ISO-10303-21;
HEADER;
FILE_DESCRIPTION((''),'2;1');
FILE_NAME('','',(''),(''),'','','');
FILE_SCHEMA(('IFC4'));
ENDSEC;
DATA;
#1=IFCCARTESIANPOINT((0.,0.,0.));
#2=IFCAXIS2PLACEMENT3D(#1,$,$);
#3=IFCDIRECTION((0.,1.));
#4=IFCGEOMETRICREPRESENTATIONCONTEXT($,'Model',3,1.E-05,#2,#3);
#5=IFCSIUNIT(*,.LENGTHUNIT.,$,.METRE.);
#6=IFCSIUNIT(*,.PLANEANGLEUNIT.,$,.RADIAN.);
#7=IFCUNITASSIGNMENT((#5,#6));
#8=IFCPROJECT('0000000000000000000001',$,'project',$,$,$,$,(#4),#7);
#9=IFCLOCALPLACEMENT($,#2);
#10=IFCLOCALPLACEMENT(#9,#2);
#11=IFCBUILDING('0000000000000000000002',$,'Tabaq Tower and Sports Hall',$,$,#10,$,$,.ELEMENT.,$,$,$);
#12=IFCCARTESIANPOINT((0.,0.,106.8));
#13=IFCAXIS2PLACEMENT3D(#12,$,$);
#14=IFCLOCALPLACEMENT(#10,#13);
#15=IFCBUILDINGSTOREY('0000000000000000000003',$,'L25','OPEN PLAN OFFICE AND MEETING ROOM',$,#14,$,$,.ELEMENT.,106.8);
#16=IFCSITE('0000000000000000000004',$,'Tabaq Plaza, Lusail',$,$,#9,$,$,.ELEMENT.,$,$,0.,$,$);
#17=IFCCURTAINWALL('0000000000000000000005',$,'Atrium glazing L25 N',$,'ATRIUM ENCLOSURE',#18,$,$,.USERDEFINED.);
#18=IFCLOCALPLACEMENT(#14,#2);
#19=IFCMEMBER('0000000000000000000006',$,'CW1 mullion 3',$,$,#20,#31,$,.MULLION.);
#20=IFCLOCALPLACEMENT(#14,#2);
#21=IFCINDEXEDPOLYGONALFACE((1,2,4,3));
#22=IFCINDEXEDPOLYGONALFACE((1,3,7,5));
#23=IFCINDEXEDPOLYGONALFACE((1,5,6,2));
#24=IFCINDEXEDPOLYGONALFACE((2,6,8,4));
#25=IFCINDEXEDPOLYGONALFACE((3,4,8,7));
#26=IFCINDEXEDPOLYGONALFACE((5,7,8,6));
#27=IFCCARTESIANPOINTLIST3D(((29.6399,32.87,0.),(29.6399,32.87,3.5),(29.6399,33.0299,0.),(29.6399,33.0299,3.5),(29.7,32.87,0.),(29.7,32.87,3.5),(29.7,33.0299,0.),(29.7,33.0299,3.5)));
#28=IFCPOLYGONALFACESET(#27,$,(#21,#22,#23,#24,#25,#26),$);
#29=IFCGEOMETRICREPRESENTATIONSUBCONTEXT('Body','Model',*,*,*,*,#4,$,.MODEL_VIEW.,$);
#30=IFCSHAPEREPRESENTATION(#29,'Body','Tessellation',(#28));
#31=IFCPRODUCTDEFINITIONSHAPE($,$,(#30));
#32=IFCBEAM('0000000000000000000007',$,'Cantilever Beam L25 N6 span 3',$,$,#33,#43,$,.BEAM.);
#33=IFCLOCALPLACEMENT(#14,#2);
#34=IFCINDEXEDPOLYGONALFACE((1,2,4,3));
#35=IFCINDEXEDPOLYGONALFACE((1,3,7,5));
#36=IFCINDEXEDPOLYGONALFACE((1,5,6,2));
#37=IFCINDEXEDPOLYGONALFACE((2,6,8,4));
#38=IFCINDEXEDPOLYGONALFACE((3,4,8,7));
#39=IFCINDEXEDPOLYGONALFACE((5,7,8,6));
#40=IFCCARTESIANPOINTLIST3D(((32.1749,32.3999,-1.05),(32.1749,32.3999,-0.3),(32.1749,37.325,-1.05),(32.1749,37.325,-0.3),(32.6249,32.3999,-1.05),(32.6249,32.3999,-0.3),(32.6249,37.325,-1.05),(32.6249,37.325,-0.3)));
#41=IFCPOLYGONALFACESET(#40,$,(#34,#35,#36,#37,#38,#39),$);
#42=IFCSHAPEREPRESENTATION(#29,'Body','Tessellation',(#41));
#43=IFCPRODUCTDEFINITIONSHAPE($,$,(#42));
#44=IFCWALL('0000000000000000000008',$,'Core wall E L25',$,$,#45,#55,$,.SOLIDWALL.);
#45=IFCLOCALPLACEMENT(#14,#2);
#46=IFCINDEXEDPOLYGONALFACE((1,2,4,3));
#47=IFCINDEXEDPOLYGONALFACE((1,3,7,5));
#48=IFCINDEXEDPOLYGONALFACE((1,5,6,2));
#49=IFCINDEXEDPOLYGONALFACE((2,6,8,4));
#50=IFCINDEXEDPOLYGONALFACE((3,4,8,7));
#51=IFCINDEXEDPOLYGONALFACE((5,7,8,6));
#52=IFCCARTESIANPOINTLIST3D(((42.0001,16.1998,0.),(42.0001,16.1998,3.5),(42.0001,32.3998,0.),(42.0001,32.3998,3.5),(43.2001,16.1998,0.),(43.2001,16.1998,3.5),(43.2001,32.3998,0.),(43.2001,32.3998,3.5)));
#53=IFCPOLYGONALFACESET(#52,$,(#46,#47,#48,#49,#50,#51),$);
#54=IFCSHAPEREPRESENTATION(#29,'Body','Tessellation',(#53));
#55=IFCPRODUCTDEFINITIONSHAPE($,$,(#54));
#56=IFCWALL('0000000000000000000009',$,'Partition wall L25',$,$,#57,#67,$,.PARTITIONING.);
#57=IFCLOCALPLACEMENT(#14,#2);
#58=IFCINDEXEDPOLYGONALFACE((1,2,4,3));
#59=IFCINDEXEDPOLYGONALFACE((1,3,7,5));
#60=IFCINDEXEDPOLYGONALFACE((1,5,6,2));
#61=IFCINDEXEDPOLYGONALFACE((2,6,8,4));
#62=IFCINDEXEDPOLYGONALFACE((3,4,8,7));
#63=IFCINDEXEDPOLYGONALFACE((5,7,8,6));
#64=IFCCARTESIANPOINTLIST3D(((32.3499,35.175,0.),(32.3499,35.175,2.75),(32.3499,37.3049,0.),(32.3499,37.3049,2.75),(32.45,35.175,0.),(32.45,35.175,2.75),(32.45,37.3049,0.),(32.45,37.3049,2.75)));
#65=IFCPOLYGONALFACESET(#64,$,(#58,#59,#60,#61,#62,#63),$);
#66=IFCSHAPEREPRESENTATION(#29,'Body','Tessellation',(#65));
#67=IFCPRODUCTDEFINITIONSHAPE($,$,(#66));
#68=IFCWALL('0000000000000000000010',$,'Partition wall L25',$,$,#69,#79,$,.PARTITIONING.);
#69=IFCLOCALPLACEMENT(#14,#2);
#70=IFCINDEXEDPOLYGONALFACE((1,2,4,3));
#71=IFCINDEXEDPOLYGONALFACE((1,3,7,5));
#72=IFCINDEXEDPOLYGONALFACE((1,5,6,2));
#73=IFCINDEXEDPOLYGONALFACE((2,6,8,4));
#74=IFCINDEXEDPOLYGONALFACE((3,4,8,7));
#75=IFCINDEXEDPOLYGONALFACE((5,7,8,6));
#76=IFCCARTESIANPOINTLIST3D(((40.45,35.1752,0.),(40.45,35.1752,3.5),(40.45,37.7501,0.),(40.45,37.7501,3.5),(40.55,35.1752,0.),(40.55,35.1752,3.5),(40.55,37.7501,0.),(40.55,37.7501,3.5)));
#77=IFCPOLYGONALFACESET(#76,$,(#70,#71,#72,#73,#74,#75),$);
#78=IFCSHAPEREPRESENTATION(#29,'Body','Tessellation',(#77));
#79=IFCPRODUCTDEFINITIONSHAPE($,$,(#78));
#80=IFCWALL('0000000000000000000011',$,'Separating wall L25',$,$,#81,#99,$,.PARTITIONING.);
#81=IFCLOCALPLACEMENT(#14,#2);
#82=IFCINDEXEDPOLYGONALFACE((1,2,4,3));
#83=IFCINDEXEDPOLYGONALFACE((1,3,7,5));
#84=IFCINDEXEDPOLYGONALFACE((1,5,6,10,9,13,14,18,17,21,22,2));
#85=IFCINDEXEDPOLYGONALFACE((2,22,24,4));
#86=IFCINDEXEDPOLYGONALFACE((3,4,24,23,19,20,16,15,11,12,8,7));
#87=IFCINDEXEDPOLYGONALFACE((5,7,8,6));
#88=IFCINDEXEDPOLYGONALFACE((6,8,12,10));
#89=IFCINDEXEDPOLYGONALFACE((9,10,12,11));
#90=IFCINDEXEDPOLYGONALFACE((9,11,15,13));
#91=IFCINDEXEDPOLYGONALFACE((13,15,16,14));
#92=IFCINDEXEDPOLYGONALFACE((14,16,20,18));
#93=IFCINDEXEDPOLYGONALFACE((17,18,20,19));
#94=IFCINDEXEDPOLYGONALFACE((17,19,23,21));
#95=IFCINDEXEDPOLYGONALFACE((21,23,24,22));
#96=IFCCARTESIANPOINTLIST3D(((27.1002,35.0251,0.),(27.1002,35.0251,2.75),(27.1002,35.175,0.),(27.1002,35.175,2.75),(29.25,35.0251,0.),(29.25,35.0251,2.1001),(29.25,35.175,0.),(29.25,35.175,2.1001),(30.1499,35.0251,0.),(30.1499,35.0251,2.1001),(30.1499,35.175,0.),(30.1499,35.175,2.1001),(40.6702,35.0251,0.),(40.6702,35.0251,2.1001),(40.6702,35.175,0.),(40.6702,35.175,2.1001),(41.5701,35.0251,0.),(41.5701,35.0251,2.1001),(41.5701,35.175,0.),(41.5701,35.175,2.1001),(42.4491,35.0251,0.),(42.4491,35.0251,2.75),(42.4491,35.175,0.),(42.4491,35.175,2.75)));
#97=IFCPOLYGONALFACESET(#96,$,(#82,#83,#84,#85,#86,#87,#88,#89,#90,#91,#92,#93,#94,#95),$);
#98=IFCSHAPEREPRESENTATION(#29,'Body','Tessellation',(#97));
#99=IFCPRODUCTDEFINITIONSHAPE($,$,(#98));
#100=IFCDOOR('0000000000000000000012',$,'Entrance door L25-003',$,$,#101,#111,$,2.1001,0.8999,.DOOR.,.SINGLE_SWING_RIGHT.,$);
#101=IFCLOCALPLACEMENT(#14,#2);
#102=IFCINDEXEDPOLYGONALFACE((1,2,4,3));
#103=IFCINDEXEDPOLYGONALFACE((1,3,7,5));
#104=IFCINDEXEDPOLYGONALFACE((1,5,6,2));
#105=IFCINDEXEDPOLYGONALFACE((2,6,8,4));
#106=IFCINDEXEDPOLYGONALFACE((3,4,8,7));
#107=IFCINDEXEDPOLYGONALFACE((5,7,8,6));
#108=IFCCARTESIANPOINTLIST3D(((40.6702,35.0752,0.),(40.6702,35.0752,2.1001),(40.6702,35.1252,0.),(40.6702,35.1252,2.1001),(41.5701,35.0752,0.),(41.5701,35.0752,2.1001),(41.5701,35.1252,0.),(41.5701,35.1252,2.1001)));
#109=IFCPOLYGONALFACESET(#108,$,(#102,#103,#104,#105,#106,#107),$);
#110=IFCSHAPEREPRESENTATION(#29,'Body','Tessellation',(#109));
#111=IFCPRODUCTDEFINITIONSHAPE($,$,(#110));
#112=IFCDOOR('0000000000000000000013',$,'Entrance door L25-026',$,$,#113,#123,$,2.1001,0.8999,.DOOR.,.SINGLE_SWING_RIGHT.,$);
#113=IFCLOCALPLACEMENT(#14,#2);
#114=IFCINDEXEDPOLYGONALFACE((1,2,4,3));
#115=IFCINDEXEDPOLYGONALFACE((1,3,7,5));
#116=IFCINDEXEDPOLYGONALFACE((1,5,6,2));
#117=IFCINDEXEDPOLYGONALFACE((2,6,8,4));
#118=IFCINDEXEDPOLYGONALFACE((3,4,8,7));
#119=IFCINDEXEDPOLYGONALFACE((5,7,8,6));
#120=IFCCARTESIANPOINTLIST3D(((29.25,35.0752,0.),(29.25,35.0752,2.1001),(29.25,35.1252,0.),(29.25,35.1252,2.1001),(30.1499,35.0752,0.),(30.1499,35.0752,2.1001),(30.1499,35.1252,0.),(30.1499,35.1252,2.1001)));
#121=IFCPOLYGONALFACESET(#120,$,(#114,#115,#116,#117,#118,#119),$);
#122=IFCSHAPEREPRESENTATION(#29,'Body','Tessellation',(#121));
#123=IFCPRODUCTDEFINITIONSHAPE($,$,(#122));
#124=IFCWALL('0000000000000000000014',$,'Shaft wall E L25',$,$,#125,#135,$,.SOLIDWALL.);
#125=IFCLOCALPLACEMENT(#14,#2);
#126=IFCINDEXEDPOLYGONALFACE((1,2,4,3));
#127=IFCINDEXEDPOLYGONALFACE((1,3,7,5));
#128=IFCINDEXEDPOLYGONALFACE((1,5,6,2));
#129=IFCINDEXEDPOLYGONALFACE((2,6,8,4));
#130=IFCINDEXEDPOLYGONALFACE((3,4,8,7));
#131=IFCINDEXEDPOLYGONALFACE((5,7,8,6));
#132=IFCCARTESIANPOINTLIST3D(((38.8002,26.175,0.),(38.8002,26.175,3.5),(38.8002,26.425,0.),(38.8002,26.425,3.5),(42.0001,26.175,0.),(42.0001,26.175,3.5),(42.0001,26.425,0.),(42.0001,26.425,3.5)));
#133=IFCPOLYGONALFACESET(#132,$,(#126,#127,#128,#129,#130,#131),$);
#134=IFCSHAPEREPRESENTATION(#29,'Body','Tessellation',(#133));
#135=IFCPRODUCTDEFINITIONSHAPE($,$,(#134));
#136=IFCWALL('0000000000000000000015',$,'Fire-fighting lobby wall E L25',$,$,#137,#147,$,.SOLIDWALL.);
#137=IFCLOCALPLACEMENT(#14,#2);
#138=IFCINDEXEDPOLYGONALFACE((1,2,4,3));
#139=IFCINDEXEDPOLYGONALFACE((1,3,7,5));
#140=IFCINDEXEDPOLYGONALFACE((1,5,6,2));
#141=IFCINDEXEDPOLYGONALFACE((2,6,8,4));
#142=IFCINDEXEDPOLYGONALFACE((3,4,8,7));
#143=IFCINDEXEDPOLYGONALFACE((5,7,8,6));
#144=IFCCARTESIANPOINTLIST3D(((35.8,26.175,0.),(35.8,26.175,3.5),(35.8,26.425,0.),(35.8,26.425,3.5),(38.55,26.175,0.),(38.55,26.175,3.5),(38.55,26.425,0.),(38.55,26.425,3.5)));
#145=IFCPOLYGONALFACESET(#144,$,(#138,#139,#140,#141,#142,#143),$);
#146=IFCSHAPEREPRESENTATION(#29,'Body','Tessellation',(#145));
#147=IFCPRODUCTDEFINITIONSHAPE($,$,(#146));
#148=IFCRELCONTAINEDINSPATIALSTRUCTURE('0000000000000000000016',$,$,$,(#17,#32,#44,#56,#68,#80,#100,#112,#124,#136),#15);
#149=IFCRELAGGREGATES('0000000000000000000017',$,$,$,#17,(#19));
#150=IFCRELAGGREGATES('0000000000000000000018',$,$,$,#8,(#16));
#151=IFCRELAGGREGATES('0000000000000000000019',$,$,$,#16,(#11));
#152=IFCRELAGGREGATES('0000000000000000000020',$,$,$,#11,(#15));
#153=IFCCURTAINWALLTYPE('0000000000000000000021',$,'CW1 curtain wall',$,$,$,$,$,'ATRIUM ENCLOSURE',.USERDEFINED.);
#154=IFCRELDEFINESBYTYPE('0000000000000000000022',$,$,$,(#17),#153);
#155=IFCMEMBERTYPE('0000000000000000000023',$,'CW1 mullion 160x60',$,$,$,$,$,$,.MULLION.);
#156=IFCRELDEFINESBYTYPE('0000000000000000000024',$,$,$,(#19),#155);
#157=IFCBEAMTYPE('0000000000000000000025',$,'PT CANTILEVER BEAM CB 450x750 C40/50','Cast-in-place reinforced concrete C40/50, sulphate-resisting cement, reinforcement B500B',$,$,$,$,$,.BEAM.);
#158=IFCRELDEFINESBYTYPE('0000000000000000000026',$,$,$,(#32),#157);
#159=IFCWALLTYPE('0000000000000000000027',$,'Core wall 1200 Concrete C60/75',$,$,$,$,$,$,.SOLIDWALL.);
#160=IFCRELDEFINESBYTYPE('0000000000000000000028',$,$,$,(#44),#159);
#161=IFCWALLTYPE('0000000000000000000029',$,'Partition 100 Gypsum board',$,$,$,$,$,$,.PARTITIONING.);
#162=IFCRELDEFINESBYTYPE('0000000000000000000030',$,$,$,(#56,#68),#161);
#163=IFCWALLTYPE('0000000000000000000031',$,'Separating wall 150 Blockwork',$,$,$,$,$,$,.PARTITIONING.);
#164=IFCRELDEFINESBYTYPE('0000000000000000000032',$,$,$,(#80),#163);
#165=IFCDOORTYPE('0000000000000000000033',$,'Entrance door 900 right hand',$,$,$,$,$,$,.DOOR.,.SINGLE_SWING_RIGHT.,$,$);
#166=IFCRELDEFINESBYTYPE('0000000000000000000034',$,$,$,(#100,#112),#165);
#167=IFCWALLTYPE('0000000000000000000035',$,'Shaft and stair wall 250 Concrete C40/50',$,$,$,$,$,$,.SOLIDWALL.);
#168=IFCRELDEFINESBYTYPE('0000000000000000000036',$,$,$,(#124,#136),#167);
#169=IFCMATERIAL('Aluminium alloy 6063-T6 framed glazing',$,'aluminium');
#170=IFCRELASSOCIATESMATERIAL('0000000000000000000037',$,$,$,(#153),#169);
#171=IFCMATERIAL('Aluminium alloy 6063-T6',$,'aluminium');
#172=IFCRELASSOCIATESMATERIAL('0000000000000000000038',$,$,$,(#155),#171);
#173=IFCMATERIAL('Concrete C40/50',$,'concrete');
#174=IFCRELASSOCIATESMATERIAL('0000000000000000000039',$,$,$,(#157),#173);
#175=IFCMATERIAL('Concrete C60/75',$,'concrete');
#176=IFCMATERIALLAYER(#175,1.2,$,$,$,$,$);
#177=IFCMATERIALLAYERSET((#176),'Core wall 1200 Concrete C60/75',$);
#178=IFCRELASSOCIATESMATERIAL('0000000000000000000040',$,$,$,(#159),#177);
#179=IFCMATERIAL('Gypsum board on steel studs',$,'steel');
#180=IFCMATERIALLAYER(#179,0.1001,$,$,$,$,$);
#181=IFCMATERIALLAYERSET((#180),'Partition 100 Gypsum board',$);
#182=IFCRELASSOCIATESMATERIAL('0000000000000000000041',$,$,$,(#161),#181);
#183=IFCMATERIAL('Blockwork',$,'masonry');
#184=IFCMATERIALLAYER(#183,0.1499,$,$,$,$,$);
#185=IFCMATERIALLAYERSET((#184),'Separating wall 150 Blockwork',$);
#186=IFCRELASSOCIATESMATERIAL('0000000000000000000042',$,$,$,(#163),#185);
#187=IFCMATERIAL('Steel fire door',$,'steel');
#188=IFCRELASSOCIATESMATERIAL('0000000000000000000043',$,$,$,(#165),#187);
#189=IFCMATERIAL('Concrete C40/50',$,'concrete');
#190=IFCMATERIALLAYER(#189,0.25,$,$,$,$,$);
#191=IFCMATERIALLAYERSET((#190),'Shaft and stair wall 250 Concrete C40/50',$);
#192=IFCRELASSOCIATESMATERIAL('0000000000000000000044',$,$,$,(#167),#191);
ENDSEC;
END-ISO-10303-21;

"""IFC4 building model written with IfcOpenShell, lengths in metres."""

from ifc_helpers import new_model, si_unit, direction, frame, frame_2d, origin, origin_2d, place, context, subcontext, project, spatial, rectangle, extrude, material, layer, layer_set, material_profile, profile_set, type_object, element, fill, aggregate, save


model = new_model("IFC4")

# Units and contexts
model_context = context("Model", 3, precision=1e-05, world=origin(), true_north=direction((0.0, 1.0)))
body_context = subcontext(model_context, "Body", "Model", "MODEL_VIEW")
ifc_project = project(units=[si_unit("LENGTHUNIT", "METRE"), si_unit("PLANEANGLEUNIT", "RADIAN")], contexts=[model_context])

# Site, building, storey
site_placement = place(None, origin())
site = spatial("IfcSite", under=ifc_project, at=site_placement, Name="Tabaq Plaza, Lusail", CompositionType="ELEMENT", RefElevation=0.0)
building_placement = place(site_placement, origin())
building = spatial("IfcBuilding", under=site, at=building_placement, Name="Tabaq Tower and Sports Hall", CompositionType="ELEMENT")
storey_placement = place(building_placement, frame((0.0, 0.0, 106.8)))
storey = spatial("IfcBuildingStorey", under=building, at=storey_placement, Name="L25", Description="OPEN PLAN OFFICE AND MEETING ROOM", CompositionType="ELEMENT", Elevation=106.8)

# Curtain wall, member
ifc_material_1 = material(Name="Aluminium alloy 6063-T6 framed glazing", Category="aluminium")
curtain_wall_type = type_object("IfcCurtainWallType", Name="CW1 curtain wall", ElementType="ATRIUM ENCLOSURE", PredefinedType="USERDEFINED", material=ifc_material_1)
curtain_wall_placement = place(storey_placement, origin())
curtain_wall = element("IfcCurtainWall", 1, at=curtain_wall_placement, inside=storey, type_object=curtain_wall_type, Name="Atrium glazing L25 N", ObjectType="ATRIUM ENCLOSURE", PredefinedType="USERDEFINED")
ifc_material_2 = material(Name="Aluminium alloy 6063-T6", Category="aluminium")
ifc_material_profile_1 = material_profile(ifc_material_2, rectangle(XDim=0.1599, YDim=0.0601, at=origin_2d()), Name="MULLION 160x60")
ifc_profile_set_1 = profile_set([ifc_material_profile_1], Name="Aluminium alloy 6063-T6")
member_type = type_object("IfcMemberType", Name="CW1 mullion 160x60", PredefinedType="MULLION", material=ifc_profile_set_1)
member_placement = place(storey_placement, frame((29.6699, 32.95, 0.0), z_axis=(0.0, 0.0, 1.0), x_axis=(0.0, 1.0, 0.0)))
member = element("IfcMember", 2, at=member_placement, type_object=member_type, Name="CW1 mullion 3", PredefinedType="MULLION", context=body_context, shape_type="SweptSolid", body=[
    extrude(rectangle(XDim=0.1599, YDim=0.0601, at=origin_2d()), origin(), (0.0, 0.0, 1.0), 3.5),
])
aggregate(curtain_wall, [member])

# Beam
ifc_material_3 = material(Name="Concrete C40/50", Category="concrete")
ifc_material_profile_2 = material_profile(ifc_material_3, rectangle(XDim=0.45, YDim=0.75, at=origin_2d()), Name="CB 450x750")
ifc_profile_set_2 = profile_set([ifc_material_profile_2], Name="Concrete C40/50")
beam_type = type_object("IfcBeamType", Name="PT CANTILEVER BEAM CB 450x750 C40/50", Description="Cast-in-place reinforced concrete C40/50, sulphate-resisting cement, reinforcement B500B", PredefinedType="BEAM", material=ifc_profile_set_2)
beam_placement = place(storey_placement, frame((32.3999, 37.325, -0.675), z_axis=(0.0, -1.0, 0.0), x_axis=(1.0, 0.0, 0.0)))
element("IfcBeam", 3, at=beam_placement, inside=storey, type_object=beam_type, Name="Cantilever Beam L25 N6 span 3", PredefinedType="BEAM", context=body_context, shape_type="SweptSolid", body=[
    extrude(rectangle(XDim=0.45, YDim=0.75, at=origin_2d()), origin(), (0.0, 0.0, 1.0), 4.925),
])

# Wall
ifc_material_4 = material(Name="Concrete C60/75", Category="concrete")
ifc_layer_1 = layer(ifc_material_4, 1.2)
ifc_layer_set_1 = layer_set([ifc_layer_1], Name="Core wall 1200 Concrete C60/75")
wall_type_1 = type_object("IfcWallType", Name="Core wall 1200 Concrete C60/75", PredefinedType="SOLIDWALL", material=ifc_layer_set_1)
wall_1_placement = place(storey_placement, frame((42.6001, 32.3999, 0.0), z_axis=(0.0, 0.0, 1.0), x_axis=(0.0, -1.0, 0.0)))
element("IfcWall", 4, at=wall_1_placement, inside=storey, type_object=wall_type_1, Name="Core wall E L25", PredefinedType="SOLIDWALL", context=body_context, shape_type="SweptSolid", body=[
    extrude(rectangle(XDim=16.2, YDim=1.2, at=frame_2d((8.1001, 0.0))), origin(), (0.0, 0.0, 1.0), 3.5),
])

# Walls
ifc_material_5 = material(Name="Gypsum board on steel studs", Category="steel")
ifc_layer_2 = layer(ifc_material_5, 0.1001)
ifc_layer_set_2 = layer_set([ifc_layer_2], Name="Partition 100 Gypsum board")
wall_type_2 = type_object("IfcWallType", Name="Partition 100 Gypsum board", PredefinedType="PARTITIONING", material=ifc_layer_set_2)
wall_2_placement = place(storey_placement, frame((32.3999, 35.175, 0.0), z_axis=(0.0, 0.0, 1.0), x_axis=(0.0, 1.0, 0.0)))
element("IfcWall", 5, at=wall_2_placement, inside=storey, type_object=wall_type_2, Name="Partition wall L25", PredefinedType="PARTITIONING", context=body_context, shape_type="SweptSolid", body=[
    extrude(rectangle(XDim=2.1299, YDim=0.1001, at=frame_2d((1.0649, 0.0))), origin(), (0.0, 0.0, 1.0), 2.75),
])
wall_3_placement = place(storey_placement, frame((40.5, 35.175, 0.0), z_axis=(0.0, 0.0, 1.0), x_axis=(0.0, 1.0, 0.0)))
element("IfcWall", 6, at=wall_3_placement, inside=storey, type_object=wall_type_2, Name="Partition wall L25", PredefinedType="PARTITIONING", context=body_context, shape_type="SweptSolid", body=[
    extrude(rectangle(XDim=2.575, YDim=0.1001, at=frame_2d((1.2876, 0.0))), origin(), (0.0, 0.0, 1.0), 3.5),
])

# Wall, openings, doors
ifc_material_6 = material(Name="Blockwork", Category="masonry")
ifc_layer_3 = layer(ifc_material_6, 0.1499)
ifc_layer_set_3 = layer_set([ifc_layer_3], Name="Separating wall 150 Blockwork")
wall_type_3 = type_object("IfcWallType", Name="Separating wall 150 Blockwork", PredefinedType="PARTITIONING", material=ifc_layer_set_3)
wall_4_placement = place(storey_placement, frame((42.449, 35.1001, 0.0), z_axis=(0.0, 0.0, 1.0), x_axis=(-1.0, 0.0, 0.0)))
wall_4 = element("IfcWall", 7, at=wall_4_placement, inside=storey, type_object=wall_type_3, Name="Separating wall L25", PredefinedType="PARTITIONING", context=body_context, shape_type="SweptSolid", body=[
    extrude(rectangle(XDim=15.3489, YDim=0.1499, at=frame_2d((7.6743, 0.0))), origin(), (0.0, 0.0, 1.0), 2.75),
])
opening_1_placement = place(wall_4_placement, frame((0.8789, 0.0, 0.0)))
opening_1 = element("IfcOpeningElement", 8, at=opening_1_placement, cuts=wall_4, PredefinedType="OPENING", context=body_context, shape_type="SweptSolid", body=[
    extrude(rectangle(XDim=0.8999, YDim=2.1001, at=frame_2d((0.45, 1.05))), frame((0.0, 0.075, 0.0), z_axis=(0.0, -1.0, 0.0), x_axis=(1.0, 0.0, 0.0)), (0.0, 0.0, 1.0), 0.1499),
])
opening_2_placement = place(wall_4_placement, frame((12.2991, 0.0, 0.0)))
opening_2 = element("IfcOpeningElement", 9, at=opening_2_placement, cuts=wall_4, PredefinedType="OPENING", context=body_context, shape_type="SweptSolid", body=[
    extrude(rectangle(XDim=0.8999, YDim=2.1001, at=frame_2d((0.45, 1.05))), frame((0.0, 0.075, 0.0), z_axis=(0.0, -1.0, 0.0), x_axis=(1.0, 0.0, 0.0)), (0.0, 0.0, 1.0), 0.1499),
])
ifc_material_7 = material(Name="Steel fire door", Category="steel")
door_type_1 = type_object("IfcDoorType", Name="Entrance door 900 right hand", OperationType="SINGLE_SWING_RIGHT", PredefinedType="DOOR", material=ifc_material_7)
door_1_placement = place(opening_1_placement, origin())
door_1 = element("IfcDoor", 10, at=door_1_placement, inside=storey, type_object=door_type_1, Name="Entrance door L25-003", OperationType="SINGLE_SWING_RIGHT", OverallHeight=2.1001, OverallWidth=0.8999, PredefinedType="DOOR", context=body_context, shape_type="SweptSolid", body=[
    extrude(rectangle(XDim=0.8999, YDim=2.1001, at=frame_2d((0.45, 1.05))), frame((0.0, 0.0249, 0.0), z_axis=(0.0, -1.0, 0.0), x_axis=(1.0, 0.0, 0.0)), (0.0, 0.0, 1.0), 0.05),
])
fill(opening_1, door_1)
door_2_placement = place(opening_2_placement, origin())
door_2 = element("IfcDoor", 11, at=door_2_placement, inside=storey, type_object=door_type_1, Name="Entrance door L25-026", OperationType="SINGLE_SWING_RIGHT", OverallHeight=2.1001, OverallWidth=0.8999, PredefinedType="DOOR", context=body_context, shape_type="SweptSolid", body=[
    extrude(rectangle(XDim=0.8999, YDim=2.1001, at=frame_2d((0.45, 1.05))), frame((0.0, 0.0249, 0.0), z_axis=(0.0, -1.0, 0.0), x_axis=(1.0, 0.0, 0.0)), (0.0, 0.0, 1.0), 0.05),
])
fill(opening_2, door_2)

# Walls
ifc_material_8 = material(Name="Concrete C40/50", Category="concrete")
ifc_layer_4 = layer(ifc_material_8, 0.25)
ifc_layer_set_4 = layer_set([ifc_layer_4], Name="Shaft and stair wall 250 Concrete C40/50")
wall_type_4 = type_object("IfcWallType", Name="Shaft and stair wall 250 Concrete C40/50", PredefinedType="SOLIDWALL", material=ifc_layer_set_4)
wall_5_placement = place(storey_placement, frame((38.8, 26.3, 0.0), z_axis=(0.0, 0.0, 1.0), x_axis=(1.0, 0.0, 0.0)))
element("IfcWall", 12, at=wall_5_placement, inside=storey, type_object=wall_type_4, Name="Shaft wall E L25", PredefinedType="SOLIDWALL", context=body_context, shape_type="SweptSolid", body=[
    extrude(rectangle(XDim=3.2, YDim=0.25, at=frame_2d((1.6001, 0.0))), origin(), (0.0, 0.0, 1.0), 3.5),
])
wall_6_placement = place(storey_placement, frame((35.8, 26.3, 0.0), z_axis=(0.0, 0.0, 1.0), x_axis=(1.0, 0.0, 0.0)))
element("IfcWall", 13, at=wall_6_placement, inside=storey, type_object=wall_type_4, Name="Fire-fighting lobby wall E L25", PredefinedType="SOLIDWALL", context=body_context, shape_type="SweptSolid", body=[
    extrude(rectangle(XDim=2.75, YDim=0.25, at=frame_2d((1.375, 0.0))), origin(), (0.0, 0.0, 1.0), 3.5),
])

save(model, "model.ifc")
